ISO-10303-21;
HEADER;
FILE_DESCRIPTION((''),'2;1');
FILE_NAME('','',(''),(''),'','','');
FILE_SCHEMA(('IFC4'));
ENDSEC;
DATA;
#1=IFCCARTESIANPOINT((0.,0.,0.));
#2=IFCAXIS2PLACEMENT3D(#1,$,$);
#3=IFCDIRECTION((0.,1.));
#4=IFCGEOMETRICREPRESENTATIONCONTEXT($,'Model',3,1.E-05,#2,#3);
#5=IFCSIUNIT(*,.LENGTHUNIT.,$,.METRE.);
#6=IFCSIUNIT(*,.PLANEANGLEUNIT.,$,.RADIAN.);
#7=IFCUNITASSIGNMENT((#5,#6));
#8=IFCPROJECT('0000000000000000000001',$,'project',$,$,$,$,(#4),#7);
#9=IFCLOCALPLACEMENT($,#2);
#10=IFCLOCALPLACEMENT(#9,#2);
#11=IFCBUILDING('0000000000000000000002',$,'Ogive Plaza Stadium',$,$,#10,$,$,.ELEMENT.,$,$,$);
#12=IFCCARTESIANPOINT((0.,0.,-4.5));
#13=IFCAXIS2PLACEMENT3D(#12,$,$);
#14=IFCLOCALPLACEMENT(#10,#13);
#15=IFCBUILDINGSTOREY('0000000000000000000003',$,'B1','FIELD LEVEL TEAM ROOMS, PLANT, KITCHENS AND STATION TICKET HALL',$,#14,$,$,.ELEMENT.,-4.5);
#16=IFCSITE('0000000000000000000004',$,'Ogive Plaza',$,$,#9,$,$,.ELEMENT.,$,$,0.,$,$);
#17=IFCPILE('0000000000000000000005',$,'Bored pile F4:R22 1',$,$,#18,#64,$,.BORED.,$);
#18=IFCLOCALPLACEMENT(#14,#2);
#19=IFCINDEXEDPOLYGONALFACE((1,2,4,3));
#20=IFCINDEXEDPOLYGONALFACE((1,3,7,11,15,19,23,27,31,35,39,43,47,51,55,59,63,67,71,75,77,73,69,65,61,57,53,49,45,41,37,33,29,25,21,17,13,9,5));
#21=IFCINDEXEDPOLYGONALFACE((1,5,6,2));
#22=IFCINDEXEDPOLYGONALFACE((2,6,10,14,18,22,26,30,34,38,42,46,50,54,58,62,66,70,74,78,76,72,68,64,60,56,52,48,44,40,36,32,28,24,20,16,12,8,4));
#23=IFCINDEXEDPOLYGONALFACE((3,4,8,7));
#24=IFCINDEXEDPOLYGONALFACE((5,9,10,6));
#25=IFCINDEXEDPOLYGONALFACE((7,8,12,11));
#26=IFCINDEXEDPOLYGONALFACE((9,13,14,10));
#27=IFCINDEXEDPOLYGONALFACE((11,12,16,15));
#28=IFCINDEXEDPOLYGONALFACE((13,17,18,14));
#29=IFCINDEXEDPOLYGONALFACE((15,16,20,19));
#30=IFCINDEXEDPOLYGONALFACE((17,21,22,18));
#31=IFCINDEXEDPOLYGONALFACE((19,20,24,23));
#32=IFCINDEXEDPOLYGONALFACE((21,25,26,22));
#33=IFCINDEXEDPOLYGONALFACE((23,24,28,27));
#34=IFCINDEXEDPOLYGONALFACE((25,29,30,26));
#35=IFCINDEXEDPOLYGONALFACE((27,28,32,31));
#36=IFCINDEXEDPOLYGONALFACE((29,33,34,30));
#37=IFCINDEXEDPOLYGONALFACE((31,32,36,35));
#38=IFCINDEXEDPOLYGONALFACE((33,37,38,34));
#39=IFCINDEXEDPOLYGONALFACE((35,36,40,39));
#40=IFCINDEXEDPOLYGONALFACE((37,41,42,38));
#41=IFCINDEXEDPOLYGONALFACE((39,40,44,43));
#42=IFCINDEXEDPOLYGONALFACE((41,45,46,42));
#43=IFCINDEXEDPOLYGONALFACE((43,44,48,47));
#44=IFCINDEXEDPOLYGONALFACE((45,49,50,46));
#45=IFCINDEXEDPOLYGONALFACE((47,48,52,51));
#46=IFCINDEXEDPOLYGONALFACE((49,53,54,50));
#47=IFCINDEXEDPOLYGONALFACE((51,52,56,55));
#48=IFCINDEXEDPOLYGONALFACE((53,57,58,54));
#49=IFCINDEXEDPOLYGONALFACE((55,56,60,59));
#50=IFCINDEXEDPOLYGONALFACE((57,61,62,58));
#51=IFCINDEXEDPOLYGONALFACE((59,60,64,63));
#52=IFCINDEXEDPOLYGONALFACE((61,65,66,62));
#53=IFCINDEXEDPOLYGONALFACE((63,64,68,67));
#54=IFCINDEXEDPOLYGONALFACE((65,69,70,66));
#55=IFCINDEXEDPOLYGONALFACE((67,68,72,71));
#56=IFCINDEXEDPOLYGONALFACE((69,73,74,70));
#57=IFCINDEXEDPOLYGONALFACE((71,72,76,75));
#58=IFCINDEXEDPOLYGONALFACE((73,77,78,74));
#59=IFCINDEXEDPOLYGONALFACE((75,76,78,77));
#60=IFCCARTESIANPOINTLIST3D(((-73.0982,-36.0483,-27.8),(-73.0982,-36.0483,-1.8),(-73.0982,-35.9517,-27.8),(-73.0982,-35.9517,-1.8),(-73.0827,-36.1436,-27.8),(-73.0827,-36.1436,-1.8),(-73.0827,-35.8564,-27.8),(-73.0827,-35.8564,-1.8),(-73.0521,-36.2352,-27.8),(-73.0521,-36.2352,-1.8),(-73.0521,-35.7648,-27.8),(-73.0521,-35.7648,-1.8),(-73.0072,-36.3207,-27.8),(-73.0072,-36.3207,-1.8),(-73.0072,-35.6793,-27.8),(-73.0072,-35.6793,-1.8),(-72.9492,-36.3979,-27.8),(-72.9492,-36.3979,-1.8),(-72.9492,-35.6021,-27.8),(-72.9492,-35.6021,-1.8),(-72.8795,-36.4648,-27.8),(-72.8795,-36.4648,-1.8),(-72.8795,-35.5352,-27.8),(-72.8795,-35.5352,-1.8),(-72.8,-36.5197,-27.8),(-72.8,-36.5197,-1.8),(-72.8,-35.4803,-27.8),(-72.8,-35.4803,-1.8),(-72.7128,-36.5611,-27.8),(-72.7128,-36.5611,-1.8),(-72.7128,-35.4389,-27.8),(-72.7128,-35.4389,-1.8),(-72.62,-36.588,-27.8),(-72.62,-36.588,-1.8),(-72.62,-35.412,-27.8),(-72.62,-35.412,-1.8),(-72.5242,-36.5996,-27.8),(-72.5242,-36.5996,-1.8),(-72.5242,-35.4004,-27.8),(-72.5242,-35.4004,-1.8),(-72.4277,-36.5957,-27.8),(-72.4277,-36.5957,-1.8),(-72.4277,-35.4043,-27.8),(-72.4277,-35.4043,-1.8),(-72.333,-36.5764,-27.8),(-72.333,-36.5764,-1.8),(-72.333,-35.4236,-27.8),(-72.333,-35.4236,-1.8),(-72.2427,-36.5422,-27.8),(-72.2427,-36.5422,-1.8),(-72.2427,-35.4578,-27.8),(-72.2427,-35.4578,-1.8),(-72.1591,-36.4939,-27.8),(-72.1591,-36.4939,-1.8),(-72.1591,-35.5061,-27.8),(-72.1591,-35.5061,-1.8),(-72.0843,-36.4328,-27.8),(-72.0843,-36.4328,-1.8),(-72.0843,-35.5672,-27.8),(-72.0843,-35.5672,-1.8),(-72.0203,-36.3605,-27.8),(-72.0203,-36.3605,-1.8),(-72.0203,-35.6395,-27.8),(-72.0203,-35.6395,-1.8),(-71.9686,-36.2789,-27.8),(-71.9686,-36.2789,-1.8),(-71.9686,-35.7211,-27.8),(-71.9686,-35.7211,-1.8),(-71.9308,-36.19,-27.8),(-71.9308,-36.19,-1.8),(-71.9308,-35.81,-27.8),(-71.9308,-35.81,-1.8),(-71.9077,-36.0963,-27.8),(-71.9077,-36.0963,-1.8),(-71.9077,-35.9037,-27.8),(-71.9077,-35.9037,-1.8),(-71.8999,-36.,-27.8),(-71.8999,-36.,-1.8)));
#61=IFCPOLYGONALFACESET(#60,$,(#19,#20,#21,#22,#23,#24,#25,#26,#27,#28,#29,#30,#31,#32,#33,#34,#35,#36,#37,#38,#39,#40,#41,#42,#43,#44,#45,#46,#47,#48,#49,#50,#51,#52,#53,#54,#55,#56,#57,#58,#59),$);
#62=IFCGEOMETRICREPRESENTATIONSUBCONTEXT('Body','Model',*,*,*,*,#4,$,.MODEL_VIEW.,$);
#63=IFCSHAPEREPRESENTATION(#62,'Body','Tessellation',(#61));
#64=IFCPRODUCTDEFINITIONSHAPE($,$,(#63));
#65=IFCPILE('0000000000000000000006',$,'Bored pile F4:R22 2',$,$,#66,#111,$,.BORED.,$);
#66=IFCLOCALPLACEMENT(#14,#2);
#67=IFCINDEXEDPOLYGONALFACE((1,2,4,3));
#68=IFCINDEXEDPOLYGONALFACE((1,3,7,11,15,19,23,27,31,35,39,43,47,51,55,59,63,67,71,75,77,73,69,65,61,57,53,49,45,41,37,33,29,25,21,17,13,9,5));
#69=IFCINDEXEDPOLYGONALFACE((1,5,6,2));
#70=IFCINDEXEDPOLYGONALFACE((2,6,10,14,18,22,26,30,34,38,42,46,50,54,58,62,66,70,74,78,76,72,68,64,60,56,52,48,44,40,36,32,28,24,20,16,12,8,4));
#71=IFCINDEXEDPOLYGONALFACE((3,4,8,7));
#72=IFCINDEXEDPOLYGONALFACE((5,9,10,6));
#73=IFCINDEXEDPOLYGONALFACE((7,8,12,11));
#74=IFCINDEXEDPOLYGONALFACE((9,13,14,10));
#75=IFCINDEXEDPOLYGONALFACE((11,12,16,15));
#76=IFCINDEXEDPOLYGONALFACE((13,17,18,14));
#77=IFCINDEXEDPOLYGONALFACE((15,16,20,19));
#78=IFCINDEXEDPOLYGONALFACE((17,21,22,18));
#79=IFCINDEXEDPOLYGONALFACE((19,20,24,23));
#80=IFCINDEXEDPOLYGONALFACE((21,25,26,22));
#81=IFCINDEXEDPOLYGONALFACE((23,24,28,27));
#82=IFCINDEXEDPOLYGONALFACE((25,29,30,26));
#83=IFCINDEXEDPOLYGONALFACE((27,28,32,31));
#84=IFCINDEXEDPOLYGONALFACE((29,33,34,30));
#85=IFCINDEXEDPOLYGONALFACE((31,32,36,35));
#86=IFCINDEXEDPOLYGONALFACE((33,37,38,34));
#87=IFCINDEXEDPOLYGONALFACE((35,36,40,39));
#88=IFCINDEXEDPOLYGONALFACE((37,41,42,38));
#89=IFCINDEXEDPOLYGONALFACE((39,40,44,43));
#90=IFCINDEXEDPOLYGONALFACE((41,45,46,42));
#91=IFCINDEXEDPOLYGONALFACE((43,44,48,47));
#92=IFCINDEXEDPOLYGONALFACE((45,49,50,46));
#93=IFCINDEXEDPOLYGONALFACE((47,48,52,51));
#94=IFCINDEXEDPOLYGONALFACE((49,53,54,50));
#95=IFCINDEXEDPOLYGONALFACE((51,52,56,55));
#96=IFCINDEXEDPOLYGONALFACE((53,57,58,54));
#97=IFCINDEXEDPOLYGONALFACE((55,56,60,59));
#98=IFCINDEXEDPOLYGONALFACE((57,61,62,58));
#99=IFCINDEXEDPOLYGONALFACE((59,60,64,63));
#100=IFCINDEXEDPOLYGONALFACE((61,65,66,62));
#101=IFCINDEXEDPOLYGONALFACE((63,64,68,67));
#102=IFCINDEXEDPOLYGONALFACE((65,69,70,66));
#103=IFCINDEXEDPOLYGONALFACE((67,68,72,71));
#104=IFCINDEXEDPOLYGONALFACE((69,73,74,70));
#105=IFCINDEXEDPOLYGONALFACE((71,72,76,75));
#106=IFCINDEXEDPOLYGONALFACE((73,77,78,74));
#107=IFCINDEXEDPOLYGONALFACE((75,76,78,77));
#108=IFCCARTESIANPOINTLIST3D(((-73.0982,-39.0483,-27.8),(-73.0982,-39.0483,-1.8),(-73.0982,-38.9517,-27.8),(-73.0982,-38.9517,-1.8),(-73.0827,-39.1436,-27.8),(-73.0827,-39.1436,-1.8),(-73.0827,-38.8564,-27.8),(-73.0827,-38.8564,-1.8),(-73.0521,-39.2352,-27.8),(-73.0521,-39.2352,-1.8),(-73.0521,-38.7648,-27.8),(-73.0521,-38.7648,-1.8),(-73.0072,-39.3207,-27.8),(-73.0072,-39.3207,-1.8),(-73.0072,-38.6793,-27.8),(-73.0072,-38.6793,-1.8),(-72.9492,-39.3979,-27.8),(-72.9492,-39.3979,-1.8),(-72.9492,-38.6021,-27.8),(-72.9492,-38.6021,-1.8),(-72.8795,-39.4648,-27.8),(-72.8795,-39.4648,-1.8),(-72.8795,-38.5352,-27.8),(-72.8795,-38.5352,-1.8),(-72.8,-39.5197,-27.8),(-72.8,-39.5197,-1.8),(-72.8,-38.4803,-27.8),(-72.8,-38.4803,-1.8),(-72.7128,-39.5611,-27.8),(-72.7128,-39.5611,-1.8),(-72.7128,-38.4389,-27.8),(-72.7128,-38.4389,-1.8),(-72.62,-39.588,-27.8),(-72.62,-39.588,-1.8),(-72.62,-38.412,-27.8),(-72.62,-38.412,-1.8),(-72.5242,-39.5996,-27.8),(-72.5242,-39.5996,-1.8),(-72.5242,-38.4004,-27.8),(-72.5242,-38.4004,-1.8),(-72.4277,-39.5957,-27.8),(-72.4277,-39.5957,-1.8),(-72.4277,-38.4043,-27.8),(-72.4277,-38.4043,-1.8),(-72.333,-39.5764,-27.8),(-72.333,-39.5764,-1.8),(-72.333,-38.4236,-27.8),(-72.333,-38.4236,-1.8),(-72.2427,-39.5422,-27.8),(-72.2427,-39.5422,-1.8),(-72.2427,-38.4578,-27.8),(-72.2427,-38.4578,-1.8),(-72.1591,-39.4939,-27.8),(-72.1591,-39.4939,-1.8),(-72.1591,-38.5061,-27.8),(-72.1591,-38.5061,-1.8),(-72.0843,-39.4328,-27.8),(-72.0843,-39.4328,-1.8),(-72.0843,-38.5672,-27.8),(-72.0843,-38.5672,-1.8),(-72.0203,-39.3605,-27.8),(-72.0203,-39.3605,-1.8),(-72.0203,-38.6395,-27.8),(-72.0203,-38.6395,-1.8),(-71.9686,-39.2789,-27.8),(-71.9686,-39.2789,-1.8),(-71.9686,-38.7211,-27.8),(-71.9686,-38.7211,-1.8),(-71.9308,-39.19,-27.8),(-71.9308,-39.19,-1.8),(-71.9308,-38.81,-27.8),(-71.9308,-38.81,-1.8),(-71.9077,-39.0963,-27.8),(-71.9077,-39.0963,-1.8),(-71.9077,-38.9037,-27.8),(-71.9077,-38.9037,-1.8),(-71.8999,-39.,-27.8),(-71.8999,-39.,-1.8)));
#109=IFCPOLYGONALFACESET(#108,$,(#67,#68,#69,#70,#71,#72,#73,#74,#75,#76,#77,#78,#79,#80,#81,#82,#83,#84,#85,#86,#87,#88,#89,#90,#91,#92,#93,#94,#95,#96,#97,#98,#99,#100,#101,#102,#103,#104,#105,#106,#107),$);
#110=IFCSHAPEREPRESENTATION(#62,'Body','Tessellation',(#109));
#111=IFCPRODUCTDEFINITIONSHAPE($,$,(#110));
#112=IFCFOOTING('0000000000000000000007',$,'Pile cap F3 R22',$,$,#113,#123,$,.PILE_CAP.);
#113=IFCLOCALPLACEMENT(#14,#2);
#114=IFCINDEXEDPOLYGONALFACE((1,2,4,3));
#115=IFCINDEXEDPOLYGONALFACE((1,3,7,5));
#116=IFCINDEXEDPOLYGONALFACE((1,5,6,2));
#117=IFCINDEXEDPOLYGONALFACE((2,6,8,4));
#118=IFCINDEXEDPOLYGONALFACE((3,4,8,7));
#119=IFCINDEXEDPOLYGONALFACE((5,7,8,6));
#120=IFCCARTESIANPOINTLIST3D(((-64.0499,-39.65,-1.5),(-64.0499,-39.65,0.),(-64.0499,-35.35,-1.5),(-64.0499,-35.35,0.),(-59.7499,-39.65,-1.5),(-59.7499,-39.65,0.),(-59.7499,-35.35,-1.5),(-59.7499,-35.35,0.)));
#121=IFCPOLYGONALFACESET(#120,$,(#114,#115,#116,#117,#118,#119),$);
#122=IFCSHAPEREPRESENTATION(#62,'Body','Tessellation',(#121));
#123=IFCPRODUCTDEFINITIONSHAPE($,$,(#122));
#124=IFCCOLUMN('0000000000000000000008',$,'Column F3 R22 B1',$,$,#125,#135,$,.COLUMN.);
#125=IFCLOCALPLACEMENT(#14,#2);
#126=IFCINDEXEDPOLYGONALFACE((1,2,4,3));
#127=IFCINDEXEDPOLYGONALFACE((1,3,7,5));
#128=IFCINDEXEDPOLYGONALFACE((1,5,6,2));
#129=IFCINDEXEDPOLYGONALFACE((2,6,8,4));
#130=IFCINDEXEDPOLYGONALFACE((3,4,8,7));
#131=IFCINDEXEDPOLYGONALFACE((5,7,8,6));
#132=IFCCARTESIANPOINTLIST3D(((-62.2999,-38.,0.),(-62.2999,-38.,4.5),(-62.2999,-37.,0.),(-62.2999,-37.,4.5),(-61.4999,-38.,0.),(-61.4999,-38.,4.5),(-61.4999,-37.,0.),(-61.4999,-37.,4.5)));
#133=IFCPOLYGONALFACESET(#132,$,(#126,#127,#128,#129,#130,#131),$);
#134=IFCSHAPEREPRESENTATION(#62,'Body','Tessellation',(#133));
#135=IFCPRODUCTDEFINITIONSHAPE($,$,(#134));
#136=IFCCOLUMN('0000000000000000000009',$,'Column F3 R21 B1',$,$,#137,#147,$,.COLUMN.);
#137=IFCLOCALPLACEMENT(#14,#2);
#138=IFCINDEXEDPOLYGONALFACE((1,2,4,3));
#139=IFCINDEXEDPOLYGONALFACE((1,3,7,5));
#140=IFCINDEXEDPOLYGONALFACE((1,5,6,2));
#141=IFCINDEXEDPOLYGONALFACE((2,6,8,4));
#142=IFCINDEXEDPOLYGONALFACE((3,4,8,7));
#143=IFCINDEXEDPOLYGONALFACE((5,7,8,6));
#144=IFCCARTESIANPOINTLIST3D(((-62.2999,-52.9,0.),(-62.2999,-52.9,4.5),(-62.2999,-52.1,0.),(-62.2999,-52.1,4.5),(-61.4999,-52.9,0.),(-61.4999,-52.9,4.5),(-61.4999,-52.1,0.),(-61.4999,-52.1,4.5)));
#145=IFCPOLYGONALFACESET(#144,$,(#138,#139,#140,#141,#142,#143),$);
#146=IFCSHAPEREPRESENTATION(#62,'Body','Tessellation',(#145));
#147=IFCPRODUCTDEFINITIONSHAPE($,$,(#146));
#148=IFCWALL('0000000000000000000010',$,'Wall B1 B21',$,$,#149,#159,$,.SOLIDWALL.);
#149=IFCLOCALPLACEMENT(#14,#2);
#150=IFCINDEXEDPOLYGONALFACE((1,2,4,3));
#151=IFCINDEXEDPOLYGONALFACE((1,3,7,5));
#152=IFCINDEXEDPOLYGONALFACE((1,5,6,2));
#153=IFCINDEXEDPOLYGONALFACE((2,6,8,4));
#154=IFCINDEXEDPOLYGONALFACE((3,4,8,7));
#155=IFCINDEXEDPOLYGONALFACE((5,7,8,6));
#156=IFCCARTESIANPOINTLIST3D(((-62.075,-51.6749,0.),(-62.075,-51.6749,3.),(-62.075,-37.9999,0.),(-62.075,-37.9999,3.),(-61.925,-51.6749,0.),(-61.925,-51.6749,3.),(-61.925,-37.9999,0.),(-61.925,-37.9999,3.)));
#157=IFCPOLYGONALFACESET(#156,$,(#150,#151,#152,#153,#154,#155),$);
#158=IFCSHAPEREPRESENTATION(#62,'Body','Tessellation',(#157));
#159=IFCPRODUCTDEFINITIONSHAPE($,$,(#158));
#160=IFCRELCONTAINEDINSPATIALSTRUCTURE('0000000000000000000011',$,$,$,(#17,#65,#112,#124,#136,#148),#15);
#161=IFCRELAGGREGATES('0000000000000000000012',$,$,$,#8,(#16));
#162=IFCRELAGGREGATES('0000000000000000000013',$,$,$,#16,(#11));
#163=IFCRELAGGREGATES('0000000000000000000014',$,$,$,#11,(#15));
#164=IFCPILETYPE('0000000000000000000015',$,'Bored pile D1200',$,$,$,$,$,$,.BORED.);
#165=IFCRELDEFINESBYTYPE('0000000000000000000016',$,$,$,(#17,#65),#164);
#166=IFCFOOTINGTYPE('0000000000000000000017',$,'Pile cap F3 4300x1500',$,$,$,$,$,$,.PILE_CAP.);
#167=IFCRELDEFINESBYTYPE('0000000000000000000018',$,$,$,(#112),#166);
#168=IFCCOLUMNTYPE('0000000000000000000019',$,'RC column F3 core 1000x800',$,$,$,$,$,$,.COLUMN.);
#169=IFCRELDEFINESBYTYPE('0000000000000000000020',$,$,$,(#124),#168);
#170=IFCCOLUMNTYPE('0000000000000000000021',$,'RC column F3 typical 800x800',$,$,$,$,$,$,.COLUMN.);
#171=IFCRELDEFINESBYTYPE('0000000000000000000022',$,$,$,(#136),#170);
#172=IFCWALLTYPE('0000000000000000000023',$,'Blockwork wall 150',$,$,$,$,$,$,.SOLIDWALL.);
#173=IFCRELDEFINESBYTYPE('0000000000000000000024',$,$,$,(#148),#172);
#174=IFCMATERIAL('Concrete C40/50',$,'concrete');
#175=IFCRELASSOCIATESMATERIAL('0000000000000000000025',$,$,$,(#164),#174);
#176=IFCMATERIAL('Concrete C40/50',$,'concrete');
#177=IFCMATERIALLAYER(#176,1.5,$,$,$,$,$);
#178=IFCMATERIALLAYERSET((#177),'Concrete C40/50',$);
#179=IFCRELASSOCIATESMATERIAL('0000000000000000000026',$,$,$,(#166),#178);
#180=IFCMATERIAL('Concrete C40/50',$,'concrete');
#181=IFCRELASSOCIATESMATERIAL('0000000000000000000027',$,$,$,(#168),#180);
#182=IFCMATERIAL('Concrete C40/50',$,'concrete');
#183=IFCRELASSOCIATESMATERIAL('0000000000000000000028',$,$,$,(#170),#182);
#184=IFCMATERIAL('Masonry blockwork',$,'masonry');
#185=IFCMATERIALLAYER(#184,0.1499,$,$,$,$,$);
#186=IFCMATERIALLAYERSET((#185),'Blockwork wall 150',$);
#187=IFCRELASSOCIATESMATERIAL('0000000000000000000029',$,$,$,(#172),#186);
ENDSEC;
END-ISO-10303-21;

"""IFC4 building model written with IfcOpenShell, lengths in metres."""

from ifc_helpers import new_model, si_unit, direction, frame, frame_2d, origin, origin_2d, place, context, subcontext, project, spatial, rectangle, circle, extrude, material, layer, layer_set, material_profile, profile_set, type_object, element, save


model = new_model("IFC4")

# Units and contexts
model_context = context("Model", 3, precision=1e-05, world=origin(), true_north=direction((0.0, 1.0)))
body_context = subcontext(model_context, "Body", "Model", "MODEL_VIEW")
ifc_project = project(units=[si_unit("LENGTHUNIT", "METRE"), si_unit("PLANEANGLEUNIT", "RADIAN")], contexts=[model_context])

# Site, building, storey
site_placement = place(None, origin())
site = spatial("IfcSite", under=ifc_project, at=site_placement, Name="Ogive Plaza", CompositionType="ELEMENT", RefElevation=0.0)
building_placement = place(site_placement, origin())
building = spatial("IfcBuilding", under=site, at=building_placement, Name="Ogive Plaza Stadium", CompositionType="ELEMENT")
storey_placement = place(building_placement, frame((0.0, 0.0, -4.5)))
storey = spatial("IfcBuildingStorey", under=building, at=storey_placement, Name="B1", Description="FIELD LEVEL TEAM ROOMS, PLANT, KITCHENS AND STATION TICKET HALL", CompositionType="ELEMENT", Elevation=-4.5)

# Piles
ifc_material_1 = material(Name="Concrete C40/50", Category="concrete")
ifc_material_profile_1 = material_profile(ifc_material_1, circle(Radius=0.6001, at=origin_2d()), Name="RC D1200")
ifc_profile_set_1 = profile_set([ifc_material_profile_1], Name="Concrete C40/50")
pile_type_1 = type_object("IfcPileType", Name="Bored pile D1200", PredefinedType="BORED", material=ifc_profile_set_1)
for number, where, z_axis, x_axis, name in (
    (1, (-72.5, -36.0, -1.8), (0.0, 0.0, -1.0), (1.0, 0.0, 0.0), "Bored pile F4:R22 1"),
    (2, (-72.5, -39.0, -1.8), (0.0, 0.0, -1.0), (1.0, 0.0, 0.0), "Bored pile F4:R22 2"),
):
    element("IfcPile", number, at=place(storey_placement, frame(where, z_axis=z_axis, x_axis=x_axis)), inside=storey, type_object=pile_type_1, Name=name, PredefinedType="BORED", context=body_context, shape_type="SweptSolid", body=[
        extrude(circle(Radius=0.6001, at=origin_2d()), origin(), (0.0, 0.0, 1.0), 26.0),
    ])

# Footing
ifc_material_2 = material(Name="Concrete C40/50", Category="concrete")
ifc_layer_1 = layer(ifc_material_2, 1.5)
ifc_layer_set_1 = layer_set([ifc_layer_1], Name="Concrete C40/50")
footing_type = type_object("IfcFootingType", Name="Pile cap F3 4300x1500", PredefinedType="PILE_CAP", material=ifc_layer_set_1)
footing_placement = place(storey_placement, frame((-61.8999, -37.5, -1.5), z_axis=(0.0, 0.0, 1.0), x_axis=(-1.0, 0.0, 0.0)))
element("IfcFooting", 3, at=footing_placement, inside=storey, type_object=footing_type, Name="Pile cap F3 R22", PredefinedType="PILE_CAP", context=body_context, shape_type="SweptSolid", body=[
    extrude(rectangle(XDim=4.3, YDim=4.3, at=origin_2d()), origin(), (0.0, 0.0, 1.0), 1.5),
])

# Columns
ifc_material_3 = material(Name="Concrete C40/50", Category="concrete")
ifc_material_profile_2 = material_profile(ifc_material_3, rectangle(XDim=1.0, YDim=0.8, at=origin_2d()), Name="RC 1000x800")
ifc_profile_set_2 = profile_set([ifc_material_profile_2], Name="Concrete C40/50")
column_type_1 = type_object("IfcColumnType", Name="RC column F3 core 1000x800", PredefinedType="COLUMN", material=ifc_profile_set_2)
column_1_placement = place(storey_placement, frame((-61.8999, -37.5, 0.0), z_axis=(0.0, 0.0, 1.0), x_axis=(0.0, -1.0, 0.0)))
element("IfcColumn", 4, at=column_1_placement, inside=storey, type_object=column_type_1, Name="Column F3 R22 B1", PredefinedType="COLUMN", context=body_context, shape_type="SweptSolid", body=[
    extrude(rectangle(XDim=1.0, YDim=0.8, at=origin_2d()), origin(), (0.0, 0.0, 1.0), 4.5),
])
ifc_material_4 = material(Name="Concrete C40/50", Category="concrete")
ifc_material_profile_3 = material_profile(ifc_material_4, rectangle(XDim=0.8, YDim=0.8, at=origin_2d()), Name="RC 800x800")
ifc_profile_set_3 = profile_set([ifc_material_profile_3], Name="Concrete C40/50")
column_type_2 = type_object("IfcColumnType", Name="RC column F3 typical 800x800", PredefinedType="COLUMN", material=ifc_profile_set_3)
column_2_placement = place(storey_placement, frame((-61.8999, -52.5, 0.0), z_axis=(0.0, 0.0, 1.0), x_axis=(0.0, -1.0, 0.0)))
element("IfcColumn", 5, at=column_2_placement, inside=storey, type_object=column_type_2, Name="Column F3 R21 B1", PredefinedType="COLUMN", context=body_context, shape_type="SweptSolid", body=[
    extrude(rectangle(XDim=0.8, YDim=0.8, at=origin_2d()), origin(), (0.0, 0.0, 1.0), 4.5),
])

# Wall
ifc_material_5 = material(Name="Masonry blockwork", Category="masonry")
ifc_layer_2 = layer(ifc_material_5, 0.1499)
ifc_layer_set_2 = layer_set([ifc_layer_2], Name="Blockwork wall 150")
wall_type = type_object("IfcWallType", Name="Blockwork wall 150", PredefinedType="SOLIDWALL", material=ifc_layer_set_2)
wall_1_placement = place(storey_placement, frame((-62.0, -38.0, 0.0), z_axis=(0.0, 0.0, 1.0), x_axis=(0.0, -1.0, 0.0)))
element("IfcWall", 6, at=wall_1_placement, inside=storey, type_object=wall_type, Name="Wall B1 B21", PredefinedType="SOLIDWALL", context=body_context, shape_type="SweptSolid", body=[
    extrude(rectangle(XDim=13.675, YDim=0.1499, at=frame_2d((6.8374, 0.0))), origin(), (0.0, 0.0, 1.0), 3.0),
])

save(model, "model.ifc")
